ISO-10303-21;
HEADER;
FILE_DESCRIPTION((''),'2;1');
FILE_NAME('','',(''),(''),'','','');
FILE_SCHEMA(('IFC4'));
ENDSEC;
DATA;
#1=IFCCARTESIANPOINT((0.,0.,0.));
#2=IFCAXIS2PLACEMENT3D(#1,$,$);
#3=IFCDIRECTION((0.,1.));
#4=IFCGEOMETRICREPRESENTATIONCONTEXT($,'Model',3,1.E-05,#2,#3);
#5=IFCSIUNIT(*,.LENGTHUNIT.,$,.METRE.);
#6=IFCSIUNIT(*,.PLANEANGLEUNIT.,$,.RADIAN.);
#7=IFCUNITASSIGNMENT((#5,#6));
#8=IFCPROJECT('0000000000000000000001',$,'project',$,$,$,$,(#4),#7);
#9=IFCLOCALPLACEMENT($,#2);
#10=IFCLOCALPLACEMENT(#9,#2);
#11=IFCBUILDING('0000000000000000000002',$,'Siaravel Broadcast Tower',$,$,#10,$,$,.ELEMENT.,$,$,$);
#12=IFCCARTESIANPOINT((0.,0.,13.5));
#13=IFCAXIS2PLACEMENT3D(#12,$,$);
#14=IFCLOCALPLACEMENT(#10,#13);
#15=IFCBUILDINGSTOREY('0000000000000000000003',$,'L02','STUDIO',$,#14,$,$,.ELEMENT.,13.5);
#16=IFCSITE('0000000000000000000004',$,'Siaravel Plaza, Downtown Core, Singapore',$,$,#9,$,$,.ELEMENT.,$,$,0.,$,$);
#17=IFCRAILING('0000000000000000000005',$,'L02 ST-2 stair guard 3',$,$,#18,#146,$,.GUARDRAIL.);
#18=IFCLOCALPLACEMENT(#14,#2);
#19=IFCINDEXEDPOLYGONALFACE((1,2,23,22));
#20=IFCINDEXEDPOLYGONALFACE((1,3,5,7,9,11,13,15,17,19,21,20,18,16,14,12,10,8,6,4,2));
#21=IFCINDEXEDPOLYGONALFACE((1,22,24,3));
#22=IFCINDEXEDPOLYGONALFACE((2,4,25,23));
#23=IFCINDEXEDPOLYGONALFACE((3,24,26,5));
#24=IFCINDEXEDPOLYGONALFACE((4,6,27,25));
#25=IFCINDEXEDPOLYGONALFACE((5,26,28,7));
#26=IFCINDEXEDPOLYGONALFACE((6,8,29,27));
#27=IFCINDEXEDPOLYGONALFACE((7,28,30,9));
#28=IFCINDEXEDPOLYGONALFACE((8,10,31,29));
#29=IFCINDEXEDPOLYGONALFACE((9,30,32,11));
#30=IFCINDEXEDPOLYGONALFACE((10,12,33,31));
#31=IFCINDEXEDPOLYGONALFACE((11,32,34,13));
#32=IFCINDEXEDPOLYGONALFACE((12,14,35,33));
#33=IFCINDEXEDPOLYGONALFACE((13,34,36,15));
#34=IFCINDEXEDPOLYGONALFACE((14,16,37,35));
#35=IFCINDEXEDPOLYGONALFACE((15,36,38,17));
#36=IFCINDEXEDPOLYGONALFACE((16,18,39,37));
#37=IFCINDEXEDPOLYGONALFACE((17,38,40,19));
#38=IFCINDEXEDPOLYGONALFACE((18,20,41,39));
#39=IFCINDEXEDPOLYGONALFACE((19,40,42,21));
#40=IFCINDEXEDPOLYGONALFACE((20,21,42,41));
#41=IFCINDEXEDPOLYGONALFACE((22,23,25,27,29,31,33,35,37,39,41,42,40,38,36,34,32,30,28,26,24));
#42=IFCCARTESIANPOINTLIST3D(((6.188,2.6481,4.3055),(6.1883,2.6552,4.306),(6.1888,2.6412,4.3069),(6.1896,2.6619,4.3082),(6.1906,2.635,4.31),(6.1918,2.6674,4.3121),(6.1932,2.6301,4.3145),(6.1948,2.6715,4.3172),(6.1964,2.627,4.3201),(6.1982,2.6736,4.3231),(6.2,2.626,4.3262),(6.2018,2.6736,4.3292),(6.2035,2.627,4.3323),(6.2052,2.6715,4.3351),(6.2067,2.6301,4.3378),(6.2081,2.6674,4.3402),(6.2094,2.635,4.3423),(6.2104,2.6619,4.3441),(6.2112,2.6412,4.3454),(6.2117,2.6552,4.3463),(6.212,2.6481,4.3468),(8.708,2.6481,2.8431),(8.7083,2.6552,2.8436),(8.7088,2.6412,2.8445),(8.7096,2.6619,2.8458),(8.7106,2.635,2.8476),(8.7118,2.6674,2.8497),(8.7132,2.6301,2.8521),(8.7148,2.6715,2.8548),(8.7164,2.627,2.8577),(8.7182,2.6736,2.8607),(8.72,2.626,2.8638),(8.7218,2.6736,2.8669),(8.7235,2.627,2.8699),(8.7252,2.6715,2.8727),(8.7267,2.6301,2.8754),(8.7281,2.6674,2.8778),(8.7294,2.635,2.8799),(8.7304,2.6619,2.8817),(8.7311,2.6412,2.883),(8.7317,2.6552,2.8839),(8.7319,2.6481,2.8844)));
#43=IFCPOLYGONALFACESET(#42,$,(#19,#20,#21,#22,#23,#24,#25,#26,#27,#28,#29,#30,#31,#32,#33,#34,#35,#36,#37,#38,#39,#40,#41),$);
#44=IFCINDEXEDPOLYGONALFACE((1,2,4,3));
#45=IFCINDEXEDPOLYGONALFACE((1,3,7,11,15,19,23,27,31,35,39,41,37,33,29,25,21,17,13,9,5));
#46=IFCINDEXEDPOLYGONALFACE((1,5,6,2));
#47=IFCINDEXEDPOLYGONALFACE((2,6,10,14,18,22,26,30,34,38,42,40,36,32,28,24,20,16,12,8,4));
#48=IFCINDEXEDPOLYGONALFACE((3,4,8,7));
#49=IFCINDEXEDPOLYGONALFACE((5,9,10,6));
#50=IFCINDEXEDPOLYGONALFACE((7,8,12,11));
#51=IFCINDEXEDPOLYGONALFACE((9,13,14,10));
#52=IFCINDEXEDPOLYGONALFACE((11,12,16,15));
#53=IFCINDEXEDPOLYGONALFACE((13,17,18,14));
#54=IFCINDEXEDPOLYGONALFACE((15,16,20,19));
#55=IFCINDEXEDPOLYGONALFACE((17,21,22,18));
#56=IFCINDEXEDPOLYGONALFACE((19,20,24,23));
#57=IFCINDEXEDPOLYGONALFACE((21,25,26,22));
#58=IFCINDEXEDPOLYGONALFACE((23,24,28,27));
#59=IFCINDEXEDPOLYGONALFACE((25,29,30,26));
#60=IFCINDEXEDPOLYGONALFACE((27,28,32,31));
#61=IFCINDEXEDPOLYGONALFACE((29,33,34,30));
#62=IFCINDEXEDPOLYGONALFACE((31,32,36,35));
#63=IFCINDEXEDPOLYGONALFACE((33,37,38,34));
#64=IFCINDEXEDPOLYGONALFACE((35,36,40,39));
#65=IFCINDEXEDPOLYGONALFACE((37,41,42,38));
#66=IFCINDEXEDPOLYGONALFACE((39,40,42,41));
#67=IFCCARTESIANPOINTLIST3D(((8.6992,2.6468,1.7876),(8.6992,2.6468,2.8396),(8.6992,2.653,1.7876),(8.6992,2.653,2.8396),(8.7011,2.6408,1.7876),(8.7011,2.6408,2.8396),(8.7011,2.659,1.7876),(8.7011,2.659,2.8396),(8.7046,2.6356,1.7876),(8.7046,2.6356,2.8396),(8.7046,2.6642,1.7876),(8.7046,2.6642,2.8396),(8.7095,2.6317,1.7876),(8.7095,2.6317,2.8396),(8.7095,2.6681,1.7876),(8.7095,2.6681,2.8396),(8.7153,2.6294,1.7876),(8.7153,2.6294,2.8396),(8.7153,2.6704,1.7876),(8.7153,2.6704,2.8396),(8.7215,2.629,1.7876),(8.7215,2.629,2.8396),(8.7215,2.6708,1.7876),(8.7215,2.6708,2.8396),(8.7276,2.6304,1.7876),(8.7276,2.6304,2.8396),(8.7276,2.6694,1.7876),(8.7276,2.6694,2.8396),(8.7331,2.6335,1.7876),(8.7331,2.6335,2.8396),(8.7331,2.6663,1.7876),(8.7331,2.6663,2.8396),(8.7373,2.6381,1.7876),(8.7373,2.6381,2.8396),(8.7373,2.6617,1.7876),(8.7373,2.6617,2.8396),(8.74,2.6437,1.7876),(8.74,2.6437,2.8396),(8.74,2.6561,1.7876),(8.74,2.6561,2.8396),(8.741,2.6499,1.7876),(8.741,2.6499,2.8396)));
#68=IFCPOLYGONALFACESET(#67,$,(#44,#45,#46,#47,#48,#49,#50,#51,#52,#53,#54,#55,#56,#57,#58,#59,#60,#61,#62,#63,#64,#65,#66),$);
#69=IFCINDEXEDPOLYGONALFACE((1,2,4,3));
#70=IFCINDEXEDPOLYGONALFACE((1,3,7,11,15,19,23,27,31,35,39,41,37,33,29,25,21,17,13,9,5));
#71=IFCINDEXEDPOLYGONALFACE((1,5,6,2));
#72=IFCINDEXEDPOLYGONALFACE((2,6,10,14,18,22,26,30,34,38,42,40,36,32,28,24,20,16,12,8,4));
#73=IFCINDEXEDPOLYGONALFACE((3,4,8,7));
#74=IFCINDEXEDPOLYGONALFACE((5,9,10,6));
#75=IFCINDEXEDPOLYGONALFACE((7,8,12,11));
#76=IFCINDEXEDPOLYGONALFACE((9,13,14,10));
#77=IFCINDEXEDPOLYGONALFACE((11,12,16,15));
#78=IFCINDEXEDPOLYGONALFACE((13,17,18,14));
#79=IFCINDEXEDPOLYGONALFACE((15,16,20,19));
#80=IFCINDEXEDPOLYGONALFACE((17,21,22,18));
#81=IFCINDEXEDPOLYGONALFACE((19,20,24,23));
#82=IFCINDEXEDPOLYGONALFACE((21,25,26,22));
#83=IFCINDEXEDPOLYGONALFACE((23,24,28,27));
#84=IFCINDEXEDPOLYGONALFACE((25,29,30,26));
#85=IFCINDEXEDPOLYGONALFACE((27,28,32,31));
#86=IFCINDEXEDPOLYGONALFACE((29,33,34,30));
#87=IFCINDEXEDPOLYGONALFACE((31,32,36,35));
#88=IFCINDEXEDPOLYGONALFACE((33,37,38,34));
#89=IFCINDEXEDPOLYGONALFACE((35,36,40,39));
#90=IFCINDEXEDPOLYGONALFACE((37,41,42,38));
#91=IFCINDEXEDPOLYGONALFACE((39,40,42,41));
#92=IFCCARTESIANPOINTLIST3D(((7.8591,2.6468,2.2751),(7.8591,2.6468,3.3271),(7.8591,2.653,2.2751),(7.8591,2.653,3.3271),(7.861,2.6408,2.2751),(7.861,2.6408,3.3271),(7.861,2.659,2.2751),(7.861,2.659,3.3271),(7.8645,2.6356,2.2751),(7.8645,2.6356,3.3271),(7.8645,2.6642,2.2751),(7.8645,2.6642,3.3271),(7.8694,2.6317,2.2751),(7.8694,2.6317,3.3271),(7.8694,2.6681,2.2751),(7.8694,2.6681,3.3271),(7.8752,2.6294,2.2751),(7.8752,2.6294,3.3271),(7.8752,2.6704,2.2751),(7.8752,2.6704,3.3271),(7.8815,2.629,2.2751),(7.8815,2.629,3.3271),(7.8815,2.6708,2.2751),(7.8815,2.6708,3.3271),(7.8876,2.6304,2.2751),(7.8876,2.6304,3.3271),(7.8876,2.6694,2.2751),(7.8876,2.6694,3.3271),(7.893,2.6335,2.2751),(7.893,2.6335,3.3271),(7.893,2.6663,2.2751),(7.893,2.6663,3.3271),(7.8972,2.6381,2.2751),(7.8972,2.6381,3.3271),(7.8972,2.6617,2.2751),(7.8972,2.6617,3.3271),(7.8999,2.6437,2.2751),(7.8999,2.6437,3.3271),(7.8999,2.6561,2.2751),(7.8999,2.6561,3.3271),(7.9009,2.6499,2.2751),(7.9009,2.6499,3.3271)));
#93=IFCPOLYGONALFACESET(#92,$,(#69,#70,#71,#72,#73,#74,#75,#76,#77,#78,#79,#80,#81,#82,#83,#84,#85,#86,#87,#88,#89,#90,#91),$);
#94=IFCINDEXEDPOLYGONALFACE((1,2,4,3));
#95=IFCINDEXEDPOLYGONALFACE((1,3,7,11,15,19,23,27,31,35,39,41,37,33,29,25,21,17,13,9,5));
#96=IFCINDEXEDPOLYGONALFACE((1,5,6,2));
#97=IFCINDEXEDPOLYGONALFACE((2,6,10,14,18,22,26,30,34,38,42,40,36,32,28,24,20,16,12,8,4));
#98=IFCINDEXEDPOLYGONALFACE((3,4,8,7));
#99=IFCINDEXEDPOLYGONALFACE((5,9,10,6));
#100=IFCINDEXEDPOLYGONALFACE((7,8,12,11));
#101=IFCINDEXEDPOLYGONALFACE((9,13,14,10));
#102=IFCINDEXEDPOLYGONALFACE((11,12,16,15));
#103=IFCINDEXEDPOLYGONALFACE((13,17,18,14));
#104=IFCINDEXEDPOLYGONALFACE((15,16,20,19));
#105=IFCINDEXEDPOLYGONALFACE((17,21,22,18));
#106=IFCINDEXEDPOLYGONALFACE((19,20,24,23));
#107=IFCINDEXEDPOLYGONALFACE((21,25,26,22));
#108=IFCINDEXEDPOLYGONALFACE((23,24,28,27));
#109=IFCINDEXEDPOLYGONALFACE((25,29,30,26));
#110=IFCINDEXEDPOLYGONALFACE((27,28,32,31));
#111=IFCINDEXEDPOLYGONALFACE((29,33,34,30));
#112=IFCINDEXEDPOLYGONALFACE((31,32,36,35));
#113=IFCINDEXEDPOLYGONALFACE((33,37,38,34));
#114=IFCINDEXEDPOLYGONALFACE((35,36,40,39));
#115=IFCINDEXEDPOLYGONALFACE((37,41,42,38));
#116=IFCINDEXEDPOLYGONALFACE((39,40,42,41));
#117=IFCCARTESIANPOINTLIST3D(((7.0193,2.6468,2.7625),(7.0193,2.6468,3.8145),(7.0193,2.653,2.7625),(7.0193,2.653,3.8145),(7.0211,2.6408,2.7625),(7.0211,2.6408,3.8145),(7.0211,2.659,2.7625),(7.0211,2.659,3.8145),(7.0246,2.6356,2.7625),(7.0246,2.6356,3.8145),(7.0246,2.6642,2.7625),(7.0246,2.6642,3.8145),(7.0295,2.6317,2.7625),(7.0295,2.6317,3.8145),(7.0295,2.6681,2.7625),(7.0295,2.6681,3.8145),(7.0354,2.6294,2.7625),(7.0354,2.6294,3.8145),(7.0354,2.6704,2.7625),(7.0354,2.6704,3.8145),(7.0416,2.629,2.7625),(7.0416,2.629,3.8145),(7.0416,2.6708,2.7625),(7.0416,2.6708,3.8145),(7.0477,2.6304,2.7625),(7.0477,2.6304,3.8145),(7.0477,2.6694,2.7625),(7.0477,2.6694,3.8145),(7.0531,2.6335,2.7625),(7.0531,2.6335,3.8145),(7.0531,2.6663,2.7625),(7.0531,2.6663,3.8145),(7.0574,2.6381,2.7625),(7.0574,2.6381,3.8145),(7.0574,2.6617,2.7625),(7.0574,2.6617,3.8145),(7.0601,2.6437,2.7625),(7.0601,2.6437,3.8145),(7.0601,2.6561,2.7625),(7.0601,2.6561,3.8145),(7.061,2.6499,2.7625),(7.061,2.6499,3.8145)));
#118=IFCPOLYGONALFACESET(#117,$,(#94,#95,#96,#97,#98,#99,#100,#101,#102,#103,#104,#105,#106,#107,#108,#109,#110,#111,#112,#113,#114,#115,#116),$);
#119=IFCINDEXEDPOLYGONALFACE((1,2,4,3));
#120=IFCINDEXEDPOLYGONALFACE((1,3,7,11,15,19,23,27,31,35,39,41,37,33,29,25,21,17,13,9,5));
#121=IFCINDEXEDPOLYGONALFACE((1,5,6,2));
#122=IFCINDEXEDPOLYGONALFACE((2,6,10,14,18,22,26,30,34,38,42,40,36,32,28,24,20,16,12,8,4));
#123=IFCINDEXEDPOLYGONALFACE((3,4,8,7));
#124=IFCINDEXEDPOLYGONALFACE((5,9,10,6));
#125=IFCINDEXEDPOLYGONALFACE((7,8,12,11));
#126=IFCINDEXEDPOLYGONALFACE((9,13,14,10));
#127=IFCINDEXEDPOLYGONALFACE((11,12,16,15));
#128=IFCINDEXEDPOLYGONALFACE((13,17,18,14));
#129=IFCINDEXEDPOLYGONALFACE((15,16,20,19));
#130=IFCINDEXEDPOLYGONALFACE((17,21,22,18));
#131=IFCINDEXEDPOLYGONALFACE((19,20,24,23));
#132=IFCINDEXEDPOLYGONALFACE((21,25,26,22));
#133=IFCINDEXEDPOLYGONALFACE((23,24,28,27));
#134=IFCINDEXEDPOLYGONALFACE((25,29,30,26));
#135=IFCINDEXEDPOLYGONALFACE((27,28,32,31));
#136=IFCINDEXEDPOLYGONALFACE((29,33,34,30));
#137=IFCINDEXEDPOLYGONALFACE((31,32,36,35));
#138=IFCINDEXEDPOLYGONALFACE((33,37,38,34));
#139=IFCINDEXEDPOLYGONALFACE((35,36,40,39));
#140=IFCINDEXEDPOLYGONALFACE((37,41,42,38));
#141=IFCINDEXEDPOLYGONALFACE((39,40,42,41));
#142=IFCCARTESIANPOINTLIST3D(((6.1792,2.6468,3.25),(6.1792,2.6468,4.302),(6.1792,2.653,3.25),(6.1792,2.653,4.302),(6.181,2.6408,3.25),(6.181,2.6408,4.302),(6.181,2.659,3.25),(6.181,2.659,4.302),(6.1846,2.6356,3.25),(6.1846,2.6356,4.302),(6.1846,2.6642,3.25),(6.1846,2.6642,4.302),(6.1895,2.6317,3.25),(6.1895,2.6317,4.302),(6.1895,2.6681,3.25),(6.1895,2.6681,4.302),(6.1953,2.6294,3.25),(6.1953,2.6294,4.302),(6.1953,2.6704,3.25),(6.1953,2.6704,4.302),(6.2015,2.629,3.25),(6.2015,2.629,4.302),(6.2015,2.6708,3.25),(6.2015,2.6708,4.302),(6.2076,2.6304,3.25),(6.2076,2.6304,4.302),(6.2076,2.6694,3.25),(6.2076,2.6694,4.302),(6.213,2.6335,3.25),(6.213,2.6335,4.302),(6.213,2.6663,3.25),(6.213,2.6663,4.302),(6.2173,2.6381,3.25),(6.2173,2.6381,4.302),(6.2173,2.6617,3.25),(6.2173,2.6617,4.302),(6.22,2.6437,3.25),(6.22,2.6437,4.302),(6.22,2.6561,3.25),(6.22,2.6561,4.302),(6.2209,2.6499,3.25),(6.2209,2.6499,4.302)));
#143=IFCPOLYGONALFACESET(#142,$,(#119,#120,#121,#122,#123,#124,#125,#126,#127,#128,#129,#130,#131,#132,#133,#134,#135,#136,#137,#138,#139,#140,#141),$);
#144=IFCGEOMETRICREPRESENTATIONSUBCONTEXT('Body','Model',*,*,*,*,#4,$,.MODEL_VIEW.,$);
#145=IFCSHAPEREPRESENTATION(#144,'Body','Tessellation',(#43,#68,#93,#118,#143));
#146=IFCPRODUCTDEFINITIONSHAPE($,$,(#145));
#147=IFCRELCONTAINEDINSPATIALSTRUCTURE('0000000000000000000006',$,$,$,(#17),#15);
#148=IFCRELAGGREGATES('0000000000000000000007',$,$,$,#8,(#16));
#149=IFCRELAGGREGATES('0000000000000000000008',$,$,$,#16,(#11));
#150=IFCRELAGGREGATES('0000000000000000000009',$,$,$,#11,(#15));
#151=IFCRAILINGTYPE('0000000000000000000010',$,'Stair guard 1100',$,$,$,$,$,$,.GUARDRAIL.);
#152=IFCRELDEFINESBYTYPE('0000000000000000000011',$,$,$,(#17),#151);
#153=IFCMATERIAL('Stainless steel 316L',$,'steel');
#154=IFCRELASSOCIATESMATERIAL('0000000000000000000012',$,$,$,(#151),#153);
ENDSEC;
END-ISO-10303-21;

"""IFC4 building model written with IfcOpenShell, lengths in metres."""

from ifc_helpers import new_model, si_unit, direction, frame, origin, origin_2d, place, context, subcontext, project, spatial, circle, extrude, material, type_object, element, save


model = new_model("IFC4")

# Units and contexts
model_context = context("Model", 3, precision=1e-05, world=origin(), true_north=direction((0.0, 1.0)))
body_context = subcontext(model_context, "Body", "Model", "MODEL_VIEW")
ifc_project = project(units=[si_unit("LENGTHUNIT", "METRE"), si_unit("PLANEANGLEUNIT", "RADIAN")], contexts=[model_context])

# Site, building, storey
site_placement = place(None, origin())
site = spatial("IfcSite", under=ifc_project, at=site_placement, Name="Siaravel Plaza, Downtown Core, Singapore", CompositionType="ELEMENT", RefElevation=0.0)
building_placement = place(site_placement, origin())
building = spatial("IfcBuilding", under=site, at=building_placement, Name="Siaravel Broadcast Tower", CompositionType="ELEMENT")
storey_placement = place(building_placement, frame((0.0, 0.0, 13.5)))
storey = spatial("IfcBuildingStorey", under=building, at=storey_placement, Name="L02", Description="STUDIO", CompositionType="ELEMENT", Elevation=13.5)

# Railing
ifc_material_1 = material(Name="Stainless steel 316L", Category="steel")
railing_type_1 = type_object("IfcRailingType", Name="Stair guard 1100", PredefinedType="GUARDRAIL", material=ifc_material_1)
railing_1_placement = place(storey_placement, frame((8.72, 2.6499, 1.7876)))
element("IfcRailing", 1, at=railing_1_placement, inside=storey, type_object=railing_type_1, Name="L02 ST-2 stair guard 3", PredefinedType="GUARDRAIL", context=body_context, shape_type="SweptSolid", body=[
    extrude(circle(Radius=0.0239, at=origin_2d()), frame((0.0, 0.0, 1.0762), z_axis=(-0.864913, 0.0, 0.501921), x_axis=(0.0, -1.0, 0.0)), (0.0, 0.0, 1.0), 2.9136),
    extrude(circle(Radius=0.021, at=origin_2d()), origin(), (0.0, 0.0, 1.0), 1.052),
    extrude(circle(Radius=0.021, at=origin_2d()), frame((-0.8401, 0.0, 0.4875)), (0.0, 0.0, 1.0), 1.052),
    extrude(circle(Radius=0.021, at=origin_2d()), frame((-1.6799, 0.0, 0.9749)), (0.0, 0.0, 1.0), 1.052),
    extrude(circle(Radius=0.021, at=origin_2d()), frame((-2.52, 0.0, 1.4624)), (0.0, 0.0, 1.0), 1.052),
])

save(model, "model.ifc")
